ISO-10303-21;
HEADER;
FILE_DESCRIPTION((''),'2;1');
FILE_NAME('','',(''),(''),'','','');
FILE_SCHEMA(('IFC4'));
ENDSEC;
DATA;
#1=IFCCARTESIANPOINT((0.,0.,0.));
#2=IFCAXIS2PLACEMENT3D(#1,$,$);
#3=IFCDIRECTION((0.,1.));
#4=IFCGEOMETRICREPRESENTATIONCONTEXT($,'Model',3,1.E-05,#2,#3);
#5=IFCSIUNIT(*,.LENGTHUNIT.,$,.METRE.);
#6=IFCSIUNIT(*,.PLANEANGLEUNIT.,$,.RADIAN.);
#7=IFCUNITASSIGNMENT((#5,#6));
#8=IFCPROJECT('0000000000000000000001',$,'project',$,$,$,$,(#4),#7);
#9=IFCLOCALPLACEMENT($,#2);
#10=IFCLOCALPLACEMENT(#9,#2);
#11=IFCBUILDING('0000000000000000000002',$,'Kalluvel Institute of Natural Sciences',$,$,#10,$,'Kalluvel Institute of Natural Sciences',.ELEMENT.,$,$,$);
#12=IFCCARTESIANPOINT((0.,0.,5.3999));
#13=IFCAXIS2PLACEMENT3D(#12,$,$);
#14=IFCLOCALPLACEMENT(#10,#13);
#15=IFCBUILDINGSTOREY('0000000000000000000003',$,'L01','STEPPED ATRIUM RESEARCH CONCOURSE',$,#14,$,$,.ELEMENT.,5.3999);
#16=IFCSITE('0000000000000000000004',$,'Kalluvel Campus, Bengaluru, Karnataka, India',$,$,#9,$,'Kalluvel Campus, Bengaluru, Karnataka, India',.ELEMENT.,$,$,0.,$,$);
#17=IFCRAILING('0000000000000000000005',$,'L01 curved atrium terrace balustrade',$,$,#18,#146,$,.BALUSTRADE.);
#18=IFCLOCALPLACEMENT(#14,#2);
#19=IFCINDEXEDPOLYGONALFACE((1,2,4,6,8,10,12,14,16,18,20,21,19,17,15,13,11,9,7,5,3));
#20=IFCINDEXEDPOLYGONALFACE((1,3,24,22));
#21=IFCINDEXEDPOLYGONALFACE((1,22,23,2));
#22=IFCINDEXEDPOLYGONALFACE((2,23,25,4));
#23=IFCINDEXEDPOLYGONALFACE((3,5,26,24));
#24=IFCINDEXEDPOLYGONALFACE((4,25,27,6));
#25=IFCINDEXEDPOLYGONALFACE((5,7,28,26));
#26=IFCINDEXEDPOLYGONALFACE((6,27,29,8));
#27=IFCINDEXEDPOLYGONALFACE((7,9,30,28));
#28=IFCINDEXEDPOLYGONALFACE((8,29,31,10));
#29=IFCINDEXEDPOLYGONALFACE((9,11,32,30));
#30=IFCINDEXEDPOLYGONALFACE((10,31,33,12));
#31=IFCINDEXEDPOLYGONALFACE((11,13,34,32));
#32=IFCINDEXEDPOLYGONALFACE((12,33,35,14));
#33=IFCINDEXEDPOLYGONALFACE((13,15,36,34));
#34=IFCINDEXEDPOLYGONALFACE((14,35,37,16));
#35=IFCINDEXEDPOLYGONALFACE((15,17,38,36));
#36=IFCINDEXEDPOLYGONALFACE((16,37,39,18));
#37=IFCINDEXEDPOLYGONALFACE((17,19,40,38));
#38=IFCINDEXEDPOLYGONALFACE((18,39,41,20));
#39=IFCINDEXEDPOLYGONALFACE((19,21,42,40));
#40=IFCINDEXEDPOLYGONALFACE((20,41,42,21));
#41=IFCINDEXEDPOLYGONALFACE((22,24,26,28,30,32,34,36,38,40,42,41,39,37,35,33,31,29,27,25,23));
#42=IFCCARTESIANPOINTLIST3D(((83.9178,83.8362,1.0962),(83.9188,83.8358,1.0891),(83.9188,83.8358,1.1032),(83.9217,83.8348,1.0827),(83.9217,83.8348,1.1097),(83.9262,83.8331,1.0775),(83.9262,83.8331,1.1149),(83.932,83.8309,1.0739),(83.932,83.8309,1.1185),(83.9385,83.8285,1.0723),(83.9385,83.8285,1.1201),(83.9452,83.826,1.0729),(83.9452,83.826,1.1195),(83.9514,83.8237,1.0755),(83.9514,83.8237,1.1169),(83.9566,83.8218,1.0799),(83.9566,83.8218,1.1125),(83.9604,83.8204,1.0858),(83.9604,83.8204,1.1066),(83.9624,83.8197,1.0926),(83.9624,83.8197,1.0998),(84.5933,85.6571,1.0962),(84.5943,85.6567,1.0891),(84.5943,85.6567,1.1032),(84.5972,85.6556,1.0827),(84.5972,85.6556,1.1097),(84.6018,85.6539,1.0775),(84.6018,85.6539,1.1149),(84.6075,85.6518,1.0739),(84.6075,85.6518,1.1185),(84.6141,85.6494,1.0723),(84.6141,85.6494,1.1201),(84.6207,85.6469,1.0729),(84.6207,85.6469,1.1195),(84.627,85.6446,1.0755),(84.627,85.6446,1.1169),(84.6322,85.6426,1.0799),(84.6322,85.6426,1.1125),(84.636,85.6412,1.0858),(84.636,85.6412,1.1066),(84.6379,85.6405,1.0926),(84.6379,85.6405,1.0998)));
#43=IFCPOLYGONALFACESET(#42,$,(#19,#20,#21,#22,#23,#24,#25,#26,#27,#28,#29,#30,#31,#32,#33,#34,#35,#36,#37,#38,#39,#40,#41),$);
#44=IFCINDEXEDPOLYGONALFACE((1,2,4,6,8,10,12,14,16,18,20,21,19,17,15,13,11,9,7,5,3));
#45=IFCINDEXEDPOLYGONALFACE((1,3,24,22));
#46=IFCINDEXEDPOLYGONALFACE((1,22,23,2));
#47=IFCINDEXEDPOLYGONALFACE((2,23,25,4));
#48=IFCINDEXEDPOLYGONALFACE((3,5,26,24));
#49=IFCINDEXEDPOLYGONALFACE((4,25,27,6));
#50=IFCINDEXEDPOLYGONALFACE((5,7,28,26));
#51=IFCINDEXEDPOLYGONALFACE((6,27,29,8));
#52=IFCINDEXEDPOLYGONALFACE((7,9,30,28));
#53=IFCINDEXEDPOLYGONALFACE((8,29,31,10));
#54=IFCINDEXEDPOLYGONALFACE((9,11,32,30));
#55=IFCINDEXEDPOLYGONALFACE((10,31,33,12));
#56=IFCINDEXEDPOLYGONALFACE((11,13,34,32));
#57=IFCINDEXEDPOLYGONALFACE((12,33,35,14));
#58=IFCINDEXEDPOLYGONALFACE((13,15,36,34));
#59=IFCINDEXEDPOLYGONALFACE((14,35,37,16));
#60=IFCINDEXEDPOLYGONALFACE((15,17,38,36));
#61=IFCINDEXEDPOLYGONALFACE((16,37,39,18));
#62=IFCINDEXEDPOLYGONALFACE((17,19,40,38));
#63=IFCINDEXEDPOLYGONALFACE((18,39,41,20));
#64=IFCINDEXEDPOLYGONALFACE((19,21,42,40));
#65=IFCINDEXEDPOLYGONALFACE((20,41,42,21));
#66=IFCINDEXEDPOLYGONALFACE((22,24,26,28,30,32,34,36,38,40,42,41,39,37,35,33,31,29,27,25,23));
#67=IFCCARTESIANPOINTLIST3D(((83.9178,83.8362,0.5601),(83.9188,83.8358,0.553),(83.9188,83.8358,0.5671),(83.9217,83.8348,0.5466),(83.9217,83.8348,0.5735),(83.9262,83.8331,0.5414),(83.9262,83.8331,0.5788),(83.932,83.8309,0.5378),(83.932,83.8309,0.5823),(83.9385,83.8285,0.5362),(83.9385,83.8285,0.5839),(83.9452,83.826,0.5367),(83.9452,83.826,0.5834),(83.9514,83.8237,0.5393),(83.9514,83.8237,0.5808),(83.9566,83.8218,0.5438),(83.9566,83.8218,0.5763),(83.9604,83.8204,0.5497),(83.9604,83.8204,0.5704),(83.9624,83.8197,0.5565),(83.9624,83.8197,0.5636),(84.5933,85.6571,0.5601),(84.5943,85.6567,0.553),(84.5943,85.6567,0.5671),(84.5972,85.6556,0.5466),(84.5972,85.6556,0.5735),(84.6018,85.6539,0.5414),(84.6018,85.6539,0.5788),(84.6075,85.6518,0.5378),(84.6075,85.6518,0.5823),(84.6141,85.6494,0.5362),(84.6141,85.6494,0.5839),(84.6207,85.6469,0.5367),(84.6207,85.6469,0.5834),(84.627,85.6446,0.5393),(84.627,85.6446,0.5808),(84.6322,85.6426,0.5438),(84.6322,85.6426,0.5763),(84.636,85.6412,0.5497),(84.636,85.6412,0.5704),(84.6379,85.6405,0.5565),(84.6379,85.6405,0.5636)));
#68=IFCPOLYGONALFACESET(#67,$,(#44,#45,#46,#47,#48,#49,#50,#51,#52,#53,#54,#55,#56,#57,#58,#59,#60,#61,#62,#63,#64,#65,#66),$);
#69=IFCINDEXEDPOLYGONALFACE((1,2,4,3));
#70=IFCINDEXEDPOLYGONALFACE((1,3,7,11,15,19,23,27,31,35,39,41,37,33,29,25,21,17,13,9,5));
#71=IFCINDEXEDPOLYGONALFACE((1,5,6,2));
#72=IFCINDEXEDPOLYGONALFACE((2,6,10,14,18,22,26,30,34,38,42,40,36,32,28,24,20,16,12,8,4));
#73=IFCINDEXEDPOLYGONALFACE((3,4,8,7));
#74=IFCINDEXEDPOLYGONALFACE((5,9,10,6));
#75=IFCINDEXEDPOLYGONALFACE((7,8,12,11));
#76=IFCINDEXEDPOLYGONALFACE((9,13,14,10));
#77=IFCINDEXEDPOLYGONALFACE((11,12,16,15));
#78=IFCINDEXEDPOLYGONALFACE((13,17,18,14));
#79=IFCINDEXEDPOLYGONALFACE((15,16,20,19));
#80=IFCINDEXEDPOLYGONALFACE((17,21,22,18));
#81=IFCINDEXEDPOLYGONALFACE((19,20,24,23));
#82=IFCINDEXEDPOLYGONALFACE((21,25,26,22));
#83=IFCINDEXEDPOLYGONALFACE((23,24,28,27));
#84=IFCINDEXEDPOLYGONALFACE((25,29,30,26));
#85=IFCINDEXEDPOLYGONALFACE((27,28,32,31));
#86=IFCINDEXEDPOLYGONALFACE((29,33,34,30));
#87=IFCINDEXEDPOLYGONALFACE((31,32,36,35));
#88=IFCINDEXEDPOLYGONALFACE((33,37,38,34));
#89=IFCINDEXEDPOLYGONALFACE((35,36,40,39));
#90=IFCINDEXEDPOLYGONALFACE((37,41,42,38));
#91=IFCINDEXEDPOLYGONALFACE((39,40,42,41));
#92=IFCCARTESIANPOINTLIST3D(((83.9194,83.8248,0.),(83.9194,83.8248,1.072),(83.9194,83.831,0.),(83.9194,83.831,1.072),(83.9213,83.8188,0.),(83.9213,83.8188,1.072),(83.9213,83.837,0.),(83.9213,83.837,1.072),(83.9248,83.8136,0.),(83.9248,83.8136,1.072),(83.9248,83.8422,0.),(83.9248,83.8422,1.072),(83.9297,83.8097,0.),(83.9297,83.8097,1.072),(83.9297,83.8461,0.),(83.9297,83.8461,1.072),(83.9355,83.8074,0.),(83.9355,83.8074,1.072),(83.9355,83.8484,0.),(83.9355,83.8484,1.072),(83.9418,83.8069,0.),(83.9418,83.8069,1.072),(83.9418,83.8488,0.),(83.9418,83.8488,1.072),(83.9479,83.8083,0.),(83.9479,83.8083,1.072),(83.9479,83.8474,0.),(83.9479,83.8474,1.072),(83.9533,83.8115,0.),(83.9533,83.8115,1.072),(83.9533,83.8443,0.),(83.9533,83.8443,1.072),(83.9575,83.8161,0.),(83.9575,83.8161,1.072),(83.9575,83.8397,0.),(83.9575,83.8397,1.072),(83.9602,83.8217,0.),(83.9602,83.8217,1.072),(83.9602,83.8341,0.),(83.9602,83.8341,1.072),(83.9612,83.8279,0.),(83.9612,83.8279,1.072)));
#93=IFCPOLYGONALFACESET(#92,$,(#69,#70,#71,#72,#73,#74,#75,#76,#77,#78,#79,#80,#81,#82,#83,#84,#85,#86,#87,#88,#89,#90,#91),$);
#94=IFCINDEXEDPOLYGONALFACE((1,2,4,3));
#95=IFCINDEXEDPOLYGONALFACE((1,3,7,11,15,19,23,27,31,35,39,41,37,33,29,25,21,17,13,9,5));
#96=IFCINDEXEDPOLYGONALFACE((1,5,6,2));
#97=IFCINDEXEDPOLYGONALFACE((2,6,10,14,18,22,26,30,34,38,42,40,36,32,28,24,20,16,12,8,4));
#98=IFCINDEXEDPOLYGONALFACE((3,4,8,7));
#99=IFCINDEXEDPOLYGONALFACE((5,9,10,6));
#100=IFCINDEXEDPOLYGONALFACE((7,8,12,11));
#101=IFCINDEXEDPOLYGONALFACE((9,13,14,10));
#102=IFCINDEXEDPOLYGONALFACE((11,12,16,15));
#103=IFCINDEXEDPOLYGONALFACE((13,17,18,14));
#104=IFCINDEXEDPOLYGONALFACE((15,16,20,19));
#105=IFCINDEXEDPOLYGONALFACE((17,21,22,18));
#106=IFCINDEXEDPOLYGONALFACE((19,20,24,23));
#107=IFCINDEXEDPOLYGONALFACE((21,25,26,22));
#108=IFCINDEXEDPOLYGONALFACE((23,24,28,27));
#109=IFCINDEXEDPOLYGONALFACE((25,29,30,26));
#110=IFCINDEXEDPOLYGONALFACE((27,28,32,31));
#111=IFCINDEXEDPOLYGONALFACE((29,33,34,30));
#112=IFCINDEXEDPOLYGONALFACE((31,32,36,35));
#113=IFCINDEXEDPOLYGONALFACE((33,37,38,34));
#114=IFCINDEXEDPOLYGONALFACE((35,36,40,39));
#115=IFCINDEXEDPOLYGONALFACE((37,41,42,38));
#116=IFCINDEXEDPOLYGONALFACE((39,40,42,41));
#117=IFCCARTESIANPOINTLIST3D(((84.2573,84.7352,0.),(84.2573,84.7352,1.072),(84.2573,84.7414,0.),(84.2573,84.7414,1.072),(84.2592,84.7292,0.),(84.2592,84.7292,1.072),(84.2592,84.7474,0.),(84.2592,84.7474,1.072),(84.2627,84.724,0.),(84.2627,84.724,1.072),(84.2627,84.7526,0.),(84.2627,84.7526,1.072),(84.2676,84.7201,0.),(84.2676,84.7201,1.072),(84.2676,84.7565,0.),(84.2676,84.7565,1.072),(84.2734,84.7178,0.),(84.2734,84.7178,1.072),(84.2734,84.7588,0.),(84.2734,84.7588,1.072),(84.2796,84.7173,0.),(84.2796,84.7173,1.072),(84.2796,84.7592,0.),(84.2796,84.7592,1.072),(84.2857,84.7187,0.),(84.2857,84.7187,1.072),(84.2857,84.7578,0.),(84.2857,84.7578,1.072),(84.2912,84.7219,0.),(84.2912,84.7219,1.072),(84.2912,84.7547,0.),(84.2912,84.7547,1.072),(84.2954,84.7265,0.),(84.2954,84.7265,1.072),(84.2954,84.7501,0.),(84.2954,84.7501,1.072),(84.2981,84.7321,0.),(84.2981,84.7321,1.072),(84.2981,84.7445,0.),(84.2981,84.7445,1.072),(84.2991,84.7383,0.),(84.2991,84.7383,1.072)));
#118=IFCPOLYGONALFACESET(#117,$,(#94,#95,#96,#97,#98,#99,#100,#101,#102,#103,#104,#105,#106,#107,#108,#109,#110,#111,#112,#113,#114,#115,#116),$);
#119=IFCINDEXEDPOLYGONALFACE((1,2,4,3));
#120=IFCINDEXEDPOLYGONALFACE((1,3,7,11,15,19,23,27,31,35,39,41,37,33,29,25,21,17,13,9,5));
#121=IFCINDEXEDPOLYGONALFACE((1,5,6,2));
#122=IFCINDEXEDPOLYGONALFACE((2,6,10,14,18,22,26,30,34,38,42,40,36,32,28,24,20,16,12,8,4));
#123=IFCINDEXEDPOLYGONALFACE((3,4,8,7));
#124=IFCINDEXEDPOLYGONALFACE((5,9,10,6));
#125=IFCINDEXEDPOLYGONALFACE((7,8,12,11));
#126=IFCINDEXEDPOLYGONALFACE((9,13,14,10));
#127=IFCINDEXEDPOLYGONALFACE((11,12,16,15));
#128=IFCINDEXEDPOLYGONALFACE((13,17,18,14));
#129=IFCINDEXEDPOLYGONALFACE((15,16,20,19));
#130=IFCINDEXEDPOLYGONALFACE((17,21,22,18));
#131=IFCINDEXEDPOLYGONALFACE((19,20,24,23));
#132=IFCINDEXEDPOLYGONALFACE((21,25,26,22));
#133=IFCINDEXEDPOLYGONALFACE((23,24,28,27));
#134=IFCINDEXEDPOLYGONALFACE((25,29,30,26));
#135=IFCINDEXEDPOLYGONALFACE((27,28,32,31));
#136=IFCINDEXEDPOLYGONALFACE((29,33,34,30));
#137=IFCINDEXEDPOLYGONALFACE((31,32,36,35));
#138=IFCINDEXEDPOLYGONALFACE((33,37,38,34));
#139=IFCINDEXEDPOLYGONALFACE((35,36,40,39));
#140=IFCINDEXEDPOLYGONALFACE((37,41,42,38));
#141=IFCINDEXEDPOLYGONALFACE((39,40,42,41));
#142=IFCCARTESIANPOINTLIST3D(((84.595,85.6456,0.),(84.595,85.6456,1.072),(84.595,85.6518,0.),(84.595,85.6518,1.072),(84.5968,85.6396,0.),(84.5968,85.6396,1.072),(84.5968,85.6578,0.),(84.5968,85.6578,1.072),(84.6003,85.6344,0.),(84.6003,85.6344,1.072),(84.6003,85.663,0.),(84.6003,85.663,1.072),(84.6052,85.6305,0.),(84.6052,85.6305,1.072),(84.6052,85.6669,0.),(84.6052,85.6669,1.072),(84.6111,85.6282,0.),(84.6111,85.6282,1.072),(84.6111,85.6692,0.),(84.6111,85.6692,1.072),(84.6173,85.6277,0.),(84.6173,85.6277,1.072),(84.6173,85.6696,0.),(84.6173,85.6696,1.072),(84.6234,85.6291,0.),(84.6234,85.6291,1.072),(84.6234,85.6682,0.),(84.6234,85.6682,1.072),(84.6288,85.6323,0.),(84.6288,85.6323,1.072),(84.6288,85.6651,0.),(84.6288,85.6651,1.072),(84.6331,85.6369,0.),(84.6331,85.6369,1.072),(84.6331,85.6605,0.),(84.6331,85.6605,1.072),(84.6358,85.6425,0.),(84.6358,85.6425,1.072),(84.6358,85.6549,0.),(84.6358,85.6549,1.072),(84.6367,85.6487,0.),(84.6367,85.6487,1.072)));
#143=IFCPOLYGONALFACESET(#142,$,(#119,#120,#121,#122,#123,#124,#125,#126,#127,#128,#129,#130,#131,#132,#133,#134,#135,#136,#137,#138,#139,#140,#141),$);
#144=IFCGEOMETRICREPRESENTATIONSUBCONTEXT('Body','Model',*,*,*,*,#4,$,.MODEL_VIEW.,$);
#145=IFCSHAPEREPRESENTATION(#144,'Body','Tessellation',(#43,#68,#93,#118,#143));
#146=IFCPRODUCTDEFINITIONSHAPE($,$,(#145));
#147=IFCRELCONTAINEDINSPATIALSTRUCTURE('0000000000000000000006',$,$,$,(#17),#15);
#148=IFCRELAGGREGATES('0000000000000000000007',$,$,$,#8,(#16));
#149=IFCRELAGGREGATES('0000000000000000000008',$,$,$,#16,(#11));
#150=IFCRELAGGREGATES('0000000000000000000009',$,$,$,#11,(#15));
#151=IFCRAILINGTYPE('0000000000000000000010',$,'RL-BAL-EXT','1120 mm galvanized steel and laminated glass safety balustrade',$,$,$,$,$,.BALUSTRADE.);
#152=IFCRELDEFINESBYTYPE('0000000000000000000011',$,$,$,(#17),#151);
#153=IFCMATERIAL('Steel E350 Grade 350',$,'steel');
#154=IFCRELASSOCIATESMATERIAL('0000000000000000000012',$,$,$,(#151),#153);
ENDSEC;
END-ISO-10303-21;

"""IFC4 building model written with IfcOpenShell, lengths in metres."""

from ifc_helpers import new_model, si_unit, direction, frame, origin, origin_2d, place, context, subcontext, project, spatial, circle, extrude, material, type_object, element, save


model = new_model("IFC4")

# Units and contexts
model_context = context("Model", 3, precision=1e-05, world=origin(), true_north=direction((0.0, 1.0)))
body_context = subcontext(model_context, "Body", "Model", "MODEL_VIEW")
ifc_project = project(units=[si_unit("LENGTHUNIT", "METRE"), si_unit("PLANEANGLEUNIT", "RADIAN")], contexts=[model_context])

# Site, building, storey
site_placement = place(None, origin())
site = spatial("IfcSite", under=ifc_project, at=site_placement, Name="Kalluvel Campus, Bengaluru, Karnataka, India", LongName="Kalluvel Campus, Bengaluru, Karnataka, India", CompositionType="ELEMENT", RefElevation=0.0)
building_placement = place(site_placement, origin())
building = spatial("IfcBuilding", under=site, at=building_placement, Name="Kalluvel Institute of Natural Sciences", LongName="Kalluvel Institute of Natural Sciences", CompositionType="ELEMENT")
storey_placement = place(building_placement, frame((0.0, 0.0, 5.3999)))
storey = spatial("IfcBuildingStorey", under=building, at=storey_placement, Name="L01", Description="STEPPED ATRIUM RESEARCH CONCOURSE", CompositionType="ELEMENT", Elevation=5.3999)

# Railing
ifc_material_1 = material(Name="Steel E350 Grade 350", Category="steel")
railing_type = type_object("IfcRailingType", Name="RL-BAL-EXT", Description="1120 mm galvanized steel and laminated glass safety balustrade", PredefinedType="BALUSTRADE", material=ifc_material_1)
railing_1_placement = place(storey_placement, frame((83.9402, 83.8279, 0.0)))
element("IfcRailing", 1, at=railing_1_placement, inside=storey, type_object=railing_type, Name="L01 curved atrium terrace balustrade", PredefinedType="BALUSTRADE", context=body_context, shape_type="SweptSolid", body=[
    extrude(circle(Radius=0.0239, at=origin_2d()), frame((0.0, 0.0, 1.0962), z_axis=(0.347842, 0.937553, 0.0), x_axis=(-0.937553, 0.347842, 0.0)), (0.0, 0.0, 1.0), 1.9421),
    extrude(circle(Radius=0.0239, at=origin_2d()), frame((0.0, 0.0, 0.5601), z_axis=(0.347842, 0.937553, 0.0), x_axis=(-0.937553, 0.347842, 0.0)), (0.0, 0.0, 1.0), 1.9421),
    extrude(circle(Radius=0.021, at=origin_2d()), origin(), (0.0, 0.0, 1.0), 1.072),
    extrude(circle(Radius=0.021, at=origin_2d()), frame((0.3379, 0.9104, 0.0)), (0.0, 0.0, 1.0), 1.072),
    extrude(circle(Radius=0.021, at=origin_2d()), frame((0.6755, 1.8208, 0.0)), (0.0, 0.0, 1.0), 1.072),
])

save(model, "model.ifc")
